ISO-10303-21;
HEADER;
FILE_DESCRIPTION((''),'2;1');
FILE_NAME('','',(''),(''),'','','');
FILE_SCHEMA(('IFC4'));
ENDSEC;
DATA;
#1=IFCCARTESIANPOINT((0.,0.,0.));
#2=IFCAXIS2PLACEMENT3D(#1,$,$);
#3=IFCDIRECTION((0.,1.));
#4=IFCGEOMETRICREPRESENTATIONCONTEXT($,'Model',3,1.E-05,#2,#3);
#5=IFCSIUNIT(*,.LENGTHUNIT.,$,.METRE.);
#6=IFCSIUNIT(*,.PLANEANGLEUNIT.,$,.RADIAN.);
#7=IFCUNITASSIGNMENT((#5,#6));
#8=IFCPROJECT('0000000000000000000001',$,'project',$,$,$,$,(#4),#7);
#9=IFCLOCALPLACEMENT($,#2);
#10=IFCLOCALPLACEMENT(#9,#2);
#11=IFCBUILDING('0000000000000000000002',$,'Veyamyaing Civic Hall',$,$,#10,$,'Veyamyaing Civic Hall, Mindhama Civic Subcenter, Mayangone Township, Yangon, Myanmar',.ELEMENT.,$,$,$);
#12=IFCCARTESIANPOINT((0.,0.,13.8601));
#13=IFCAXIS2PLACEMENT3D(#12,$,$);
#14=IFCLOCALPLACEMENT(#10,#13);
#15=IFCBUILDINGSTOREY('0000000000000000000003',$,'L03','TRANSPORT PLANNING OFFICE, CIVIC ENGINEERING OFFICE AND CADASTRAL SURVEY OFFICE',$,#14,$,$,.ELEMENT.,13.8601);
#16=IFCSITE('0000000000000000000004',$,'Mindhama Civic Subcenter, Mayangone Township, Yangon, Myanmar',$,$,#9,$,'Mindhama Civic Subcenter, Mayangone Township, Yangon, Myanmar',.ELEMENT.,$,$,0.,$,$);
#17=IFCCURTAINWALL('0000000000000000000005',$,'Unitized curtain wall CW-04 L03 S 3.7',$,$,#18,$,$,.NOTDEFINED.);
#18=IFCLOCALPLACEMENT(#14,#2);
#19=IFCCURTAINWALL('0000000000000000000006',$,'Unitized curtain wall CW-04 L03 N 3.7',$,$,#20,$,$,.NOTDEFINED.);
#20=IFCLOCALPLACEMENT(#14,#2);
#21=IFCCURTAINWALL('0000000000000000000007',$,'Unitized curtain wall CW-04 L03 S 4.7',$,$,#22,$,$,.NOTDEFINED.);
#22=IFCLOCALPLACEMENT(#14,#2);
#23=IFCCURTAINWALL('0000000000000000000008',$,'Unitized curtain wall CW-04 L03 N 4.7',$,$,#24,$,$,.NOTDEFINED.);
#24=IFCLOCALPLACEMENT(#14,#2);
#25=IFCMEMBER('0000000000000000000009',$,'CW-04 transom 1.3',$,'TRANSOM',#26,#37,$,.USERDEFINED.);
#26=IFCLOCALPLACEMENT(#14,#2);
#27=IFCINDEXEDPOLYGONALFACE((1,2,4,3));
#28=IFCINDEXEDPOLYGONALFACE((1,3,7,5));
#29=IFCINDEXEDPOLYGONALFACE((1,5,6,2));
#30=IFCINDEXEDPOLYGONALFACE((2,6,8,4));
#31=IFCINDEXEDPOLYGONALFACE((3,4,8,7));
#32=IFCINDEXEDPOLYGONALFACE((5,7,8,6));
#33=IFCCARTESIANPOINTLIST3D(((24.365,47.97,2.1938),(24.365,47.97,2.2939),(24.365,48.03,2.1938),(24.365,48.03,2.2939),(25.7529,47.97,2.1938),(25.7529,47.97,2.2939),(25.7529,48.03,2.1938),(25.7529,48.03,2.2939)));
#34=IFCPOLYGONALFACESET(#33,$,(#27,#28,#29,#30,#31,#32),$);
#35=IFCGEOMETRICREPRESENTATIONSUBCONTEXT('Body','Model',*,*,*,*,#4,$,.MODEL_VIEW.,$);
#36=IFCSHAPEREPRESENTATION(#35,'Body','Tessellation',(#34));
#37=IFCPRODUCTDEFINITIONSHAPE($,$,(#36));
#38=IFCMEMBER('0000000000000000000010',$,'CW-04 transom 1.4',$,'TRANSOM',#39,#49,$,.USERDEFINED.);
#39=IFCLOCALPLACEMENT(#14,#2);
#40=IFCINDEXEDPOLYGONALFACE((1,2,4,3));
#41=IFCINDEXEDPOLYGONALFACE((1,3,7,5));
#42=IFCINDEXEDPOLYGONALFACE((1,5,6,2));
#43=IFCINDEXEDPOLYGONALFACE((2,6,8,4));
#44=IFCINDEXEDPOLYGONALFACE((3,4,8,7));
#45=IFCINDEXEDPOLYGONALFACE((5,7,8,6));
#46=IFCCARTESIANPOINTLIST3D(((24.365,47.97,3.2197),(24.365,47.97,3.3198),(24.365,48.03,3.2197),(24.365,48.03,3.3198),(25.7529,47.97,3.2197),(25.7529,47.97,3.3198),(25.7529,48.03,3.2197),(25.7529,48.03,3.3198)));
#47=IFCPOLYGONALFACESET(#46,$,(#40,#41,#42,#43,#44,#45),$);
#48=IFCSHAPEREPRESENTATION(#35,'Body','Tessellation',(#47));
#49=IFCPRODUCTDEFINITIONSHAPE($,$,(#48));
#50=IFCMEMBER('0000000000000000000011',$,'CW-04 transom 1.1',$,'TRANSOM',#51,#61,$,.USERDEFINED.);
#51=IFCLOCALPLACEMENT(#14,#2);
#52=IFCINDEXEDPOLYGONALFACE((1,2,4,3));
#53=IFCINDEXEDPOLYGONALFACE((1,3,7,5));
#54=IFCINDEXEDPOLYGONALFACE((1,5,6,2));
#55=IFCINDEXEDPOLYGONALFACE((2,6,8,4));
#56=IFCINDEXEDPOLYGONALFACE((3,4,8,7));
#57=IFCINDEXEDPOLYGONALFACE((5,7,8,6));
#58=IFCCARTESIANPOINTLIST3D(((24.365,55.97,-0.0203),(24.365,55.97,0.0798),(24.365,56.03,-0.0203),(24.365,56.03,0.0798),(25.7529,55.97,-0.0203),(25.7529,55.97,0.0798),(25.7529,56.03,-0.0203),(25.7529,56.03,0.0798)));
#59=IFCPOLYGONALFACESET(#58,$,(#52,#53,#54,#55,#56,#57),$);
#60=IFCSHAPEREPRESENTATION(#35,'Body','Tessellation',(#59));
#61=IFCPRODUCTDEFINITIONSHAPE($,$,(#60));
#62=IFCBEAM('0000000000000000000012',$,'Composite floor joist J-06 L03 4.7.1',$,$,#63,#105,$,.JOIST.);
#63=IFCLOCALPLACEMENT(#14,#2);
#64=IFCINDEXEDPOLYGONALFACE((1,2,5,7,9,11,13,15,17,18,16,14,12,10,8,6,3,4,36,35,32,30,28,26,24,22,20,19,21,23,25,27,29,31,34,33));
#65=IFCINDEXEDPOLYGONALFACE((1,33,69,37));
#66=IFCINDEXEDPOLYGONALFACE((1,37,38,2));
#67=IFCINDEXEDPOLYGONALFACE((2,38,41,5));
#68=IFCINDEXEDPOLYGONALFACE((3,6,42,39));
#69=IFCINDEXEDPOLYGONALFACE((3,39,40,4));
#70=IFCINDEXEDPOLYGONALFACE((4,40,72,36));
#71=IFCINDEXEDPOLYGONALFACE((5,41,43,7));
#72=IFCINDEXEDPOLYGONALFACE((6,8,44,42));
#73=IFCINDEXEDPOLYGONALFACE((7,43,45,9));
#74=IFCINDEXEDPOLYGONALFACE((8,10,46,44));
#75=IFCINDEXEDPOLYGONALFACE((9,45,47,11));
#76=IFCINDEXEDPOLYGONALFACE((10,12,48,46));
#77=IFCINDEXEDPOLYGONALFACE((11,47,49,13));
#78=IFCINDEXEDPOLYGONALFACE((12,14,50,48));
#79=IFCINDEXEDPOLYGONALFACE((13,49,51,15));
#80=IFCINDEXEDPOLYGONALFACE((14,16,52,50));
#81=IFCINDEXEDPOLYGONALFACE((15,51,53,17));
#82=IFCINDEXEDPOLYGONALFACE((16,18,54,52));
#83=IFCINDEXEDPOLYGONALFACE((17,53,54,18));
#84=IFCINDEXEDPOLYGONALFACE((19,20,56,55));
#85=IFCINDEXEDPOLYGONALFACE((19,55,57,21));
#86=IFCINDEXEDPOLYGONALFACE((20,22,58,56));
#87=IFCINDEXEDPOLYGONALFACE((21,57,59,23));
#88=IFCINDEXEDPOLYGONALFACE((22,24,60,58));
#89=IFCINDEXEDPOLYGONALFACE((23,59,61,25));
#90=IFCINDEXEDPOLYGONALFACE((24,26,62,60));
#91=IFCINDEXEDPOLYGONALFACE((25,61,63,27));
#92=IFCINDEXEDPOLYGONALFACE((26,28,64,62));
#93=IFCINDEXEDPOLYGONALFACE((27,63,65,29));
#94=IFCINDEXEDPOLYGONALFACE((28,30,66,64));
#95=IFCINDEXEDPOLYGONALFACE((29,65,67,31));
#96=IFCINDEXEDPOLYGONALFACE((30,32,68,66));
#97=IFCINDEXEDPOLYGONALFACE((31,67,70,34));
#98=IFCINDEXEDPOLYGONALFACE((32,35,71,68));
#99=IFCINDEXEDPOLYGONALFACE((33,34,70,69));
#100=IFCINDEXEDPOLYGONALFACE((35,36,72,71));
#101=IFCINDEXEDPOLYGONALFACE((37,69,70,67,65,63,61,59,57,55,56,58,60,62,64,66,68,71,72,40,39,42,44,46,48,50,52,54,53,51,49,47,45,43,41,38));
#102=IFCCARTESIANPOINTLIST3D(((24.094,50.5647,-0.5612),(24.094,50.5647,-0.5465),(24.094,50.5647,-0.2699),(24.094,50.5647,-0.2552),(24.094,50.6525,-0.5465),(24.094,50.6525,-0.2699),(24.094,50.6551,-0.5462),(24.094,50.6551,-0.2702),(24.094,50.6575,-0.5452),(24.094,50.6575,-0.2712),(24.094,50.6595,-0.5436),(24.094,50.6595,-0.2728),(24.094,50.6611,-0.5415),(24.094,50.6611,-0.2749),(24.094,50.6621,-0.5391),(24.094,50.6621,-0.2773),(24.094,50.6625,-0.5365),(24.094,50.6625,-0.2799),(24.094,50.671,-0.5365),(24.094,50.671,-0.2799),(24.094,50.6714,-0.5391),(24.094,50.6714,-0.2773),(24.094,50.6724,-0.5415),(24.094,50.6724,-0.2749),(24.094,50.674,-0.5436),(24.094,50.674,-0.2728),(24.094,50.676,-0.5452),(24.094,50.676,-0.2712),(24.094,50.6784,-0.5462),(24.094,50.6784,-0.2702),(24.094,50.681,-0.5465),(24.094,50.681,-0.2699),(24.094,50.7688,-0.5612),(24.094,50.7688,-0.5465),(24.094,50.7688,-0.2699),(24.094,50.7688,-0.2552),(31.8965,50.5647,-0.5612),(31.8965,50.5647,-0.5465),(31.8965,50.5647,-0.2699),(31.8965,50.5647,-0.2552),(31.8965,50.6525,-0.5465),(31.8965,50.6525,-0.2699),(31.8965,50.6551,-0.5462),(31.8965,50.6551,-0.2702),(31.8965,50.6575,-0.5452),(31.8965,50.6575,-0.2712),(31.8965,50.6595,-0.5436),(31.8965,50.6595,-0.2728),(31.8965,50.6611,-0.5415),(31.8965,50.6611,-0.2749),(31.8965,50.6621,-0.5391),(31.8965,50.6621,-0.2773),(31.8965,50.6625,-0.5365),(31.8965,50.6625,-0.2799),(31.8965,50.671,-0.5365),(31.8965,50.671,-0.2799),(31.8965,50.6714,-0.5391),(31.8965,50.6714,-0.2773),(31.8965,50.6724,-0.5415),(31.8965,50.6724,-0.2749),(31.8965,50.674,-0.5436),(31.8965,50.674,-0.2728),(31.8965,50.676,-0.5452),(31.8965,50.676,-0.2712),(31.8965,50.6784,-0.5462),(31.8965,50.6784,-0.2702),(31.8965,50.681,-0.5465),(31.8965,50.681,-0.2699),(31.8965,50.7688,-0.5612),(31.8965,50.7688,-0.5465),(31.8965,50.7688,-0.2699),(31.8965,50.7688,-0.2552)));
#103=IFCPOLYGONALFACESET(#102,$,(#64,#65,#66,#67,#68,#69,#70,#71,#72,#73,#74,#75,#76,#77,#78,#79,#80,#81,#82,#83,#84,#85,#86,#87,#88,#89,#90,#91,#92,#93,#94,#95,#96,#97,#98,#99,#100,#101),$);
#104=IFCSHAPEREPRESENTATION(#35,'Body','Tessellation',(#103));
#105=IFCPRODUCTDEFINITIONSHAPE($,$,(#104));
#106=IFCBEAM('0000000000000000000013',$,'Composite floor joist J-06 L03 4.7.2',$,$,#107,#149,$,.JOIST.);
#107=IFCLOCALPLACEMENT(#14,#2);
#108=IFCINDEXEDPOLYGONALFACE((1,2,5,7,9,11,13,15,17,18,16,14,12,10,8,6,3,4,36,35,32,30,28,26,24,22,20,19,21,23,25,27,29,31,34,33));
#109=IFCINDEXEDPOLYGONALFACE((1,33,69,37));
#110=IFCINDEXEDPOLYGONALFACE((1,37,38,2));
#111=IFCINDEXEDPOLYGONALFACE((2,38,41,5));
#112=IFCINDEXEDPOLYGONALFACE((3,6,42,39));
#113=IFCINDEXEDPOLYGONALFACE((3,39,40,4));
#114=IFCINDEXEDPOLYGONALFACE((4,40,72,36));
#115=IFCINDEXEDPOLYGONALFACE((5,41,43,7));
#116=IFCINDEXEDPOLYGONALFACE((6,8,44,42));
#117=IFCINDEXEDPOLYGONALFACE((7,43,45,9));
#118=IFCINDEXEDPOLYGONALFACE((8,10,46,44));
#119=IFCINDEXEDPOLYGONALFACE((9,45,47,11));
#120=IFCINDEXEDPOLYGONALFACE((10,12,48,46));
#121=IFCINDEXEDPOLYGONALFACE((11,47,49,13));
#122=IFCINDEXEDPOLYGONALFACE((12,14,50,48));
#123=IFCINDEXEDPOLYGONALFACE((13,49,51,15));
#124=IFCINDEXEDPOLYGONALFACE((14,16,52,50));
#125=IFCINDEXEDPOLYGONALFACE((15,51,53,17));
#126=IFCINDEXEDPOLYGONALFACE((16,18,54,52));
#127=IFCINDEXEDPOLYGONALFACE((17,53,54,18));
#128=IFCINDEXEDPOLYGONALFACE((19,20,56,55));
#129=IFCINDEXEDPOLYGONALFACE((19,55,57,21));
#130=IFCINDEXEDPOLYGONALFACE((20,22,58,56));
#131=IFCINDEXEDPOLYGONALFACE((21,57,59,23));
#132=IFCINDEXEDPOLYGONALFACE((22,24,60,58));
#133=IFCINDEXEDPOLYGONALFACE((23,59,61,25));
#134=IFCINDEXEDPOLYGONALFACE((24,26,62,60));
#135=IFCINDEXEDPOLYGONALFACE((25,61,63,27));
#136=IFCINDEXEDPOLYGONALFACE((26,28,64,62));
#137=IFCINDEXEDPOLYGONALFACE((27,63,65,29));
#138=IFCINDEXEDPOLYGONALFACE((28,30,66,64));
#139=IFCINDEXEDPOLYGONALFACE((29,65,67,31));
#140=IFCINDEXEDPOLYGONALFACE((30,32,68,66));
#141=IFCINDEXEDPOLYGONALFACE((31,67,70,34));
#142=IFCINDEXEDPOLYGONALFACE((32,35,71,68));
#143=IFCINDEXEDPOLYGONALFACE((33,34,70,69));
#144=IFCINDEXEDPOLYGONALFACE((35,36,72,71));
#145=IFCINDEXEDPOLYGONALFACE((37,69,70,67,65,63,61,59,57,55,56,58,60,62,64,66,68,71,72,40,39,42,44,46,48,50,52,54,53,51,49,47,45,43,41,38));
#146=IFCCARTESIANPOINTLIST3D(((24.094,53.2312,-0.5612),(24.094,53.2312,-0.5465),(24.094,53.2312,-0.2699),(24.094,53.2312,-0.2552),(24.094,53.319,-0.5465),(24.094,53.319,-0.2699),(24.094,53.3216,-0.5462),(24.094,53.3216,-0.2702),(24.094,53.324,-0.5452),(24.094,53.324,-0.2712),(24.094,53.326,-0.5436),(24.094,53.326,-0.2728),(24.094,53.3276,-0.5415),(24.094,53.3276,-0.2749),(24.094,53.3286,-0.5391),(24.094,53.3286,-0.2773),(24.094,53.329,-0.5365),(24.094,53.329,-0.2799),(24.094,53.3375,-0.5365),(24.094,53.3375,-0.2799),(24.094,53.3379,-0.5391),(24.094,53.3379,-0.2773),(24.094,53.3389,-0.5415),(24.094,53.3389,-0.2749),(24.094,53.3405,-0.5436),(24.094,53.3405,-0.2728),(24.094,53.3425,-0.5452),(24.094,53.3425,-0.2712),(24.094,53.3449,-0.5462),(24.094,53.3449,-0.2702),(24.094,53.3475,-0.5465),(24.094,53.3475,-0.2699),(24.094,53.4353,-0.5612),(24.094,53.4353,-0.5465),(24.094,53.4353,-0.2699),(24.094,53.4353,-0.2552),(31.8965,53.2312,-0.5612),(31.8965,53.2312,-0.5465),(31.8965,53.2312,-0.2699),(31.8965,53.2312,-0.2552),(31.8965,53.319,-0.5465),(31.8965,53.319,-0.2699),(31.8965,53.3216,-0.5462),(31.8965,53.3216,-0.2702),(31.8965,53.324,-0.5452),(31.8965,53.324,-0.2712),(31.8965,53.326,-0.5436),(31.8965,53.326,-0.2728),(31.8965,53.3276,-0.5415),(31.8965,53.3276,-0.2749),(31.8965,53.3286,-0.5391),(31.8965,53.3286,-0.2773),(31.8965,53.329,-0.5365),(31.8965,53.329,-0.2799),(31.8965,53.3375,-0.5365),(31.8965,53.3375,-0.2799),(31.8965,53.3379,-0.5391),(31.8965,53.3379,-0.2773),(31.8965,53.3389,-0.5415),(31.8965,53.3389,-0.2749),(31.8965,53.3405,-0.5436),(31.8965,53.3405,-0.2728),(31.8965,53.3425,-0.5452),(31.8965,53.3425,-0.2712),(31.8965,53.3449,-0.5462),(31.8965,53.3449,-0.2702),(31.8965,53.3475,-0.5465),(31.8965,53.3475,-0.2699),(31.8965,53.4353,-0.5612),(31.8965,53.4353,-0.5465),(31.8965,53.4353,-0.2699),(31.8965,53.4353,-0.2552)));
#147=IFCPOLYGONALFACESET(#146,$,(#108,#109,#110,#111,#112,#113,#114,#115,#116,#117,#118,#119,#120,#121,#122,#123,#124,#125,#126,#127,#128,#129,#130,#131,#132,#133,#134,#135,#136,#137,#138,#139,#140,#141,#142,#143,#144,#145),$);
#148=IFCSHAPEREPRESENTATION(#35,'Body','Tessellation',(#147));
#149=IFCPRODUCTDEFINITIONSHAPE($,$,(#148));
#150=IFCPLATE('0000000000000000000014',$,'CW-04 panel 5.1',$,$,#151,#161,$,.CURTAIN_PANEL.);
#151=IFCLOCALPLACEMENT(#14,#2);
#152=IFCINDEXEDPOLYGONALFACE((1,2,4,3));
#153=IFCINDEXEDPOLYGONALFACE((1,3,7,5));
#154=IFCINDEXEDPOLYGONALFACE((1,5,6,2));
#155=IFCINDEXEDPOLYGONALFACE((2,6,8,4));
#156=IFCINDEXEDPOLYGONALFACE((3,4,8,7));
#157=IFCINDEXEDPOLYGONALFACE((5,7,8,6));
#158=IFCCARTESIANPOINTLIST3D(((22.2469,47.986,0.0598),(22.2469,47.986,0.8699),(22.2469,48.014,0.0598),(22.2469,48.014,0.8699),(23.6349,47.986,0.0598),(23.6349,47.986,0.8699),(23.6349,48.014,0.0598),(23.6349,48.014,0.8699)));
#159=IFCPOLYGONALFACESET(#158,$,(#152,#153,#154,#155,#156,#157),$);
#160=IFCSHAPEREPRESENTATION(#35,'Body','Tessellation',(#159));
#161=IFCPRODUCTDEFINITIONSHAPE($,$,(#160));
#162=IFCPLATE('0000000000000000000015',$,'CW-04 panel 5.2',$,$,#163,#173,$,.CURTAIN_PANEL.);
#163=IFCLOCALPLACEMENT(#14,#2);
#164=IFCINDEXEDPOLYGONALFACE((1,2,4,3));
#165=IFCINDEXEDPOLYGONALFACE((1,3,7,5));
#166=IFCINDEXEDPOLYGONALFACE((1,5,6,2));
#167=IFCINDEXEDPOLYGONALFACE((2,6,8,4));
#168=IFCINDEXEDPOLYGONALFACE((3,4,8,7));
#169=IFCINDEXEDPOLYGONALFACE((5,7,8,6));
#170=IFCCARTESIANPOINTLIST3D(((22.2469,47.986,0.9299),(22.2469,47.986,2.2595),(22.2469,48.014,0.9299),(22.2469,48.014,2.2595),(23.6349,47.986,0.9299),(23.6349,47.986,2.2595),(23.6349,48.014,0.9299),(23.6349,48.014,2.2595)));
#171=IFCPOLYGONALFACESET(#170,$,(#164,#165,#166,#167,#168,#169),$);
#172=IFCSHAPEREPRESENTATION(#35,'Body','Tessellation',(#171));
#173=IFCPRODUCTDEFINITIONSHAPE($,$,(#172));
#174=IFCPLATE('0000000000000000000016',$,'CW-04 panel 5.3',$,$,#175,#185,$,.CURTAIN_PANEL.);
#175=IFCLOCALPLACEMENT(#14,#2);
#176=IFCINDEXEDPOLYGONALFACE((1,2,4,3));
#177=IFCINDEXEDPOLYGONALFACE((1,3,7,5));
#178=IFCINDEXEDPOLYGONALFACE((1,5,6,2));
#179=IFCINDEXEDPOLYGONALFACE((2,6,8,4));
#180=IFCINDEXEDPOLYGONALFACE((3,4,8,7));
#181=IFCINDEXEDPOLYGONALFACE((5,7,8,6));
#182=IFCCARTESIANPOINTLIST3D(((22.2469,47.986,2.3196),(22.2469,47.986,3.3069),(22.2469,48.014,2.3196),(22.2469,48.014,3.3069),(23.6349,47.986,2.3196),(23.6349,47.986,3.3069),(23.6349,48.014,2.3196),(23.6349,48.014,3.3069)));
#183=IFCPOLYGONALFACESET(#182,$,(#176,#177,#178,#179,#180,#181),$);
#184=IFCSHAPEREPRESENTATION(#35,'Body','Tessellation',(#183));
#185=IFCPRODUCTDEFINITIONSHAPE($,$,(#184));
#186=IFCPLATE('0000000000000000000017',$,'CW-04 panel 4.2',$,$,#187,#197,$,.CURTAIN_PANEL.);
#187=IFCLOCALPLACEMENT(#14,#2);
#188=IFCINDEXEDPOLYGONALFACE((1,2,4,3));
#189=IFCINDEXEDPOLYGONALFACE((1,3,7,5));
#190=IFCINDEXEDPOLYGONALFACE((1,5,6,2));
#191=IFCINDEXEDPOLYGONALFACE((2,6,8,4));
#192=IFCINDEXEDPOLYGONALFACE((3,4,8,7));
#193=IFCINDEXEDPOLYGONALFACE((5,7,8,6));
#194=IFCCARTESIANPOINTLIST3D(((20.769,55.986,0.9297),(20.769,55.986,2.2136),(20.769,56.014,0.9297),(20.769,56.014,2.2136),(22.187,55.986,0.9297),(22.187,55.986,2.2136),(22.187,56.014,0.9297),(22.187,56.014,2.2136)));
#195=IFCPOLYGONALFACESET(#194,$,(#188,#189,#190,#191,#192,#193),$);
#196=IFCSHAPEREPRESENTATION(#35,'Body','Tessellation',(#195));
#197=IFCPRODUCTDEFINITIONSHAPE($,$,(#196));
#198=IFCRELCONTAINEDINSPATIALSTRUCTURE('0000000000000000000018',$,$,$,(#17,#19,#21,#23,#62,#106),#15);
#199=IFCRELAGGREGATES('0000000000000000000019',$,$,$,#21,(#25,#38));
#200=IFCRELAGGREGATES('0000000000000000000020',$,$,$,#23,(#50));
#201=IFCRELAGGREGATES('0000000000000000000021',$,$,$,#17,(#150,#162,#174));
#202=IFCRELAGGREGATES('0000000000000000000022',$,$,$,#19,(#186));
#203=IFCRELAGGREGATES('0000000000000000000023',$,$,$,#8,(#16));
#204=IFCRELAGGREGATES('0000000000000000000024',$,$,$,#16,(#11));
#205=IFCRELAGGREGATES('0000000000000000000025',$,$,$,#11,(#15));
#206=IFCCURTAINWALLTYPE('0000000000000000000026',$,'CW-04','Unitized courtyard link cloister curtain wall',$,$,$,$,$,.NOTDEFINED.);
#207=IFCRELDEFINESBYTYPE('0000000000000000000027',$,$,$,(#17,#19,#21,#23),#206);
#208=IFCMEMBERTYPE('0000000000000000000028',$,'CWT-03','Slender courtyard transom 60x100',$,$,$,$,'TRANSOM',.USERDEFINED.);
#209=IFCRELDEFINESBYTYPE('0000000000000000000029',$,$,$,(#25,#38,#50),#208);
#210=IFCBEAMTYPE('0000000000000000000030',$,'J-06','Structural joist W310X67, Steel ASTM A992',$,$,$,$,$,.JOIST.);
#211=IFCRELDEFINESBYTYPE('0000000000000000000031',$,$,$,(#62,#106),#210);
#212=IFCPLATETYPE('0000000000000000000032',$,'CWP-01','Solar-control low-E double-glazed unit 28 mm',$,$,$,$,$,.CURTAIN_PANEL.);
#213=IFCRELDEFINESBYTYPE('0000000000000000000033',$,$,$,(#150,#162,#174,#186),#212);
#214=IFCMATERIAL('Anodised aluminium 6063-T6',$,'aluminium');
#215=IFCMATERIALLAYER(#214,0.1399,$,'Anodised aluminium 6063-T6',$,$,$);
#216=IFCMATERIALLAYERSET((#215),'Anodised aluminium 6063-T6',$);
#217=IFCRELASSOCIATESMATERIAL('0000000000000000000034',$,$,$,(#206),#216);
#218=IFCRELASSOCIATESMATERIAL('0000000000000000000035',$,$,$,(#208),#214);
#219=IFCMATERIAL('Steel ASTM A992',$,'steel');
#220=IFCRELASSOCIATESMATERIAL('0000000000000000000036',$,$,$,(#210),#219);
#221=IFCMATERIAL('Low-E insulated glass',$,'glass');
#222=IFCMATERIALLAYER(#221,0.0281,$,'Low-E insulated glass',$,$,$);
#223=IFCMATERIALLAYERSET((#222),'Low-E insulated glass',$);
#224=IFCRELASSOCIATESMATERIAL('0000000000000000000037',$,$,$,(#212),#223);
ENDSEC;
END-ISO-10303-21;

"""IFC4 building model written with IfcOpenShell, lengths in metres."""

from ifc_helpers import new_model, si_unit, direction, frame, origin, origin_2d, place, context, subcontext, project, spatial, rectangle, i_section, extrude, material, layer, layer_set, material_profile, profile_set, type_object, element, aggregate, save


model = new_model("IFC4")

# Units and contexts
model_context = context("Model", 3, precision=1e-05, world=origin(), true_north=direction((0.0, 1.0)))
body_context = subcontext(model_context, "Body", "Model", "MODEL_VIEW")
ifc_project = project(units=[si_unit("LENGTHUNIT", "METRE"), si_unit("PLANEANGLEUNIT", "RADIAN")], contexts=[model_context])

# Site, building, storey
site_placement = place(None, origin())
site = spatial("IfcSite", under=ifc_project, at=site_placement, Name="Mindhama Civic Subcenter, Mayangone Township, Yangon, Myanmar", LongName="Mindhama Civic Subcenter, Mayangone Township, Yangon, Myanmar", CompositionType="ELEMENT", RefElevation=0.0)
building_placement = place(site_placement, origin())
building = spatial("IfcBuilding", under=site, at=building_placement, Name="Veyamyaing Civic Hall", LongName="Veyamyaing Civic Hall, Mindhama Civic Subcenter, Mayangone Township, Yangon, Myanmar", CompositionType="ELEMENT")
storey_placement = place(building_placement, frame((0.0, 0.0, 13.8601)))
storey = spatial("IfcBuildingStorey", under=building, at=storey_placement, Name="L03", Description="TRANSPORT PLANNING OFFICE, CIVIC ENGINEERING OFFICE AND CADASTRAL SURVEY OFFICE", CompositionType="ELEMENT", Elevation=13.8601)

# Shared definitions
ifc_material_1 = material(Name="Steel ASTM A992", Category="steel")

# Curtain walls
ifc_material_2 = material(Name="Anodised aluminium 6063-T6", Category="aluminium")
ifc_layer_1 = layer(ifc_material_2, 0.1399, Name="Anodised aluminium 6063-T6")
ifc_layer_set_1 = layer_set([ifc_layer_1], Name="Anodised aluminium 6063-T6")
curtain_wall_type = type_object("IfcCurtainWallType", Name="CW-04", Description="Unitized courtyard link cloister curtain wall", PredefinedType="NOTDEFINED", material=ifc_layer_set_1)
curtain_wall_1_placement = place(storey_placement, origin())
curtain_wall_1 = element("IfcCurtainWall", 1, at=curtain_wall_1_placement, inside=storey, type_object=curtain_wall_type, Name="Unitized curtain wall CW-04 L03 S 3.7", PredefinedType="NOTDEFINED")
curtain_wall_2_placement = place(storey_placement, origin())
curtain_wall_2 = element("IfcCurtainWall", 2, at=curtain_wall_2_placement, inside=storey, type_object=curtain_wall_type, Name="Unitized curtain wall CW-04 L03 N 3.7", PredefinedType="NOTDEFINED")

# Curtain walls
curtain_wall_3_placement = place(storey_placement, origin())
curtain_wall_3 = element("IfcCurtainWall", 3, at=curtain_wall_3_placement, inside=storey, type_object=curtain_wall_type, Name="Unitized curtain wall CW-04 L03 S 4.7", PredefinedType="NOTDEFINED")
curtain_wall_4_placement = place(storey_placement, origin())
curtain_wall_4 = element("IfcCurtainWall", 4, at=curtain_wall_4_placement, inside=storey, type_object=curtain_wall_type, Name="Unitized curtain wall CW-04 L03 N 4.7", PredefinedType="NOTDEFINED")

# Members
ifc_material_profile_1 = material_profile(ifc_material_2, rectangle(XDim=0.0601, YDim=0.1001, at=origin_2d()), Name="ALU-TRN-60X100")
ifc_profile_set_1 = profile_set([ifc_material_profile_1], Name="Anodised aluminium 6063-T6")
member_type_1 = type_object("IfcMemberType", Name="CWT-03", Description="Slender courtyard transom 60x100", ElementType="TRANSOM", PredefinedType="USERDEFINED", material=ifc_profile_set_1)
member_1_placement = place(storey_placement, frame((24.365, 48.0, 2.2439), z_axis=(1.0, 0.0, 0.0), x_axis=(0.0, 1.0, 0.0)))
member_1 = element("IfcMember", 5, at=member_1_placement, type_object=member_type_1, Name="CW-04 transom 1.3", ObjectType="TRANSOM", PredefinedType="USERDEFINED", context=body_context, shape_type="SweptSolid", body=[
    extrude(rectangle(XDim=0.0601, YDim=0.1001, at=origin_2d()), origin(), (0.0, 0.0, 1.0), 1.3879),
])
member_2_placement = place(storey_placement, frame((24.365, 48.0, 3.2698), z_axis=(1.0, 0.0, 0.0), x_axis=(0.0, 1.0, 0.0)))
member_2 = element("IfcMember", 6, at=member_2_placement, type_object=member_type_1, Name="CW-04 transom 1.4", ObjectType="TRANSOM", PredefinedType="USERDEFINED", context=body_context, shape_type="SweptSolid", body=[
    extrude(rectangle(XDim=0.0601, YDim=0.1001, at=origin_2d()), origin(), (0.0, 0.0, 1.0), 1.3879),
])
aggregate(curtain_wall_3, [member_1, member_2])
member_3_placement = place(storey_placement, frame((24.365, 56.0, 0.0298), z_axis=(1.0, 0.0, 0.0), x_axis=(0.0, 1.0, 0.0)))
member_3 = element("IfcMember", 7, at=member_3_placement, type_object=member_type_1, Name="CW-04 transom 1.1", ObjectType="TRANSOM", PredefinedType="USERDEFINED", context=body_context, shape_type="SweptSolid", body=[
    extrude(rectangle(XDim=0.0601, YDim=0.1001, at=origin_2d()), origin(), (0.0, 0.0, 1.0), 1.3879),
])
aggregate(curtain_wall_4, [member_3])

# Beams
ifc_material_profile_2 = material_profile(ifc_material_1, i_section(OverallWidth=0.2041, OverallDepth=0.3059, WebThickness=0.0085, FlangeThickness=0.0146, FilletRadius=0.01, at=origin_2d()), Name="W310X67")
ifc_profile_set_2 = profile_set([ifc_material_profile_2], Name="Steel ASTM A992")
beam_type_1 = type_object("IfcBeamType", Name="J-06", Description="Structural joist W310X67, Steel ASTM A992", PredefinedType="JOIST", material=ifc_profile_set_2)
for number, where, z_axis, x_axis, name in (
    (8, (24.094, 50.6667, -0.4082), (1.0, 0.0, 0.0), (0.0, 1.0, 0.0), "Composite floor joist J-06 L03 4.7.1"),
    (9, (24.094, 53.3333, -0.4082), (1.0, 0.0, 0.0), (0.0, 1.0, 0.0), "Composite floor joist J-06 L03 4.7.2"),
):
    element("IfcBeam", number, at=place(storey_placement, frame(where, z_axis=z_axis, x_axis=x_axis)), inside=storey, type_object=beam_type_1, Name=name, PredefinedType="JOIST", context=body_context, shape_type="SweptSolid", body=[
        extrude(i_section(OverallWidth=0.2041, OverallDepth=0.3059, WebThickness=0.0085, FlangeThickness=0.0146, FilletRadius=0.01, at=origin_2d()), origin(), (0.0, 0.0, 1.0), 7.8025),
    ])

# Plates
ifc_material_3 = material(Name="Low-E insulated glass", Category="glass")
ifc_layer_2 = layer(ifc_material_3, 0.0281, Name="Low-E insulated glass")
ifc_layer_set_2 = layer_set([ifc_layer_2], Name="Low-E insulated glass")
plate_type = type_object("IfcPlateType", Name="CWP-01", Description="Solar-control low-E double-glazed unit 28 mm", PredefinedType="CURTAIN_PANEL", material=ifc_layer_set_2)
plate_1_placement = place(storey_placement, frame((22.9409, 48.0, 0.0598), z_axis=(0.0, 0.0, 1.0), x_axis=(1.0, 0.0, 0.0)))
plate_1 = element("IfcPlate", 10, at=plate_1_placement, type_object=plate_type, Name="CW-04 panel 5.1", PredefinedType="CURTAIN_PANEL", context=body_context, shape_type="SweptSolid", body=[
    extrude(rectangle(XDim=1.3879, YDim=0.0281, at=origin_2d()), origin(), (0.0, 0.0, 1.0), 0.8101),
])
plate_2_placement = place(storey_placement, frame((22.9409, 48.0, 0.9299), z_axis=(0.0, 0.0, 1.0), x_axis=(1.0, 0.0, 0.0)))
plate_2 = element("IfcPlate", 11, at=plate_2_placement, type_object=plate_type, Name="CW-04 panel 5.2", PredefinedType="CURTAIN_PANEL", context=body_context, shape_type="SweptSolid", body=[
    extrude(rectangle(XDim=1.3879, YDim=0.0281, at=origin_2d()), origin(), (0.0, 0.0, 1.0), 1.3296),
])
plate_3_placement = place(storey_placement, frame((22.9409, 48.0, 2.3196), z_axis=(0.0, 0.0, 1.0), x_axis=(1.0, 0.0, 0.0)))
plate_3 = element("IfcPlate", 12, at=plate_3_placement, type_object=plate_type, Name="CW-04 panel 5.3", PredefinedType="CURTAIN_PANEL", context=body_context, shape_type="SweptSolid", body=[
    extrude(rectangle(XDim=1.3879, YDim=0.0281, at=origin_2d()), origin(), (0.0, 0.0, 1.0), 0.9873),
])
aggregate(curtain_wall_1, [plate_1, plate_2, plate_3])
plate_4_placement = place(storey_placement, frame((21.478, 56.0, 0.9297), z_axis=(0.0, 0.0, 1.0), x_axis=(1.0, 0.0, 0.0)))
plate_4 = element("IfcPlate", 13, at=plate_4_placement, type_object=plate_type, Name="CW-04 panel 4.2", PredefinedType="CURTAIN_PANEL", context=body_context, shape_type="SweptSolid", body=[
    extrude(rectangle(XDim=1.418, YDim=0.0281, at=origin_2d()), origin(), (0.0, 0.0, 1.0), 1.2839),
])
aggregate(curtain_wall_2, [plate_4])

save(model, "model.ifc")
